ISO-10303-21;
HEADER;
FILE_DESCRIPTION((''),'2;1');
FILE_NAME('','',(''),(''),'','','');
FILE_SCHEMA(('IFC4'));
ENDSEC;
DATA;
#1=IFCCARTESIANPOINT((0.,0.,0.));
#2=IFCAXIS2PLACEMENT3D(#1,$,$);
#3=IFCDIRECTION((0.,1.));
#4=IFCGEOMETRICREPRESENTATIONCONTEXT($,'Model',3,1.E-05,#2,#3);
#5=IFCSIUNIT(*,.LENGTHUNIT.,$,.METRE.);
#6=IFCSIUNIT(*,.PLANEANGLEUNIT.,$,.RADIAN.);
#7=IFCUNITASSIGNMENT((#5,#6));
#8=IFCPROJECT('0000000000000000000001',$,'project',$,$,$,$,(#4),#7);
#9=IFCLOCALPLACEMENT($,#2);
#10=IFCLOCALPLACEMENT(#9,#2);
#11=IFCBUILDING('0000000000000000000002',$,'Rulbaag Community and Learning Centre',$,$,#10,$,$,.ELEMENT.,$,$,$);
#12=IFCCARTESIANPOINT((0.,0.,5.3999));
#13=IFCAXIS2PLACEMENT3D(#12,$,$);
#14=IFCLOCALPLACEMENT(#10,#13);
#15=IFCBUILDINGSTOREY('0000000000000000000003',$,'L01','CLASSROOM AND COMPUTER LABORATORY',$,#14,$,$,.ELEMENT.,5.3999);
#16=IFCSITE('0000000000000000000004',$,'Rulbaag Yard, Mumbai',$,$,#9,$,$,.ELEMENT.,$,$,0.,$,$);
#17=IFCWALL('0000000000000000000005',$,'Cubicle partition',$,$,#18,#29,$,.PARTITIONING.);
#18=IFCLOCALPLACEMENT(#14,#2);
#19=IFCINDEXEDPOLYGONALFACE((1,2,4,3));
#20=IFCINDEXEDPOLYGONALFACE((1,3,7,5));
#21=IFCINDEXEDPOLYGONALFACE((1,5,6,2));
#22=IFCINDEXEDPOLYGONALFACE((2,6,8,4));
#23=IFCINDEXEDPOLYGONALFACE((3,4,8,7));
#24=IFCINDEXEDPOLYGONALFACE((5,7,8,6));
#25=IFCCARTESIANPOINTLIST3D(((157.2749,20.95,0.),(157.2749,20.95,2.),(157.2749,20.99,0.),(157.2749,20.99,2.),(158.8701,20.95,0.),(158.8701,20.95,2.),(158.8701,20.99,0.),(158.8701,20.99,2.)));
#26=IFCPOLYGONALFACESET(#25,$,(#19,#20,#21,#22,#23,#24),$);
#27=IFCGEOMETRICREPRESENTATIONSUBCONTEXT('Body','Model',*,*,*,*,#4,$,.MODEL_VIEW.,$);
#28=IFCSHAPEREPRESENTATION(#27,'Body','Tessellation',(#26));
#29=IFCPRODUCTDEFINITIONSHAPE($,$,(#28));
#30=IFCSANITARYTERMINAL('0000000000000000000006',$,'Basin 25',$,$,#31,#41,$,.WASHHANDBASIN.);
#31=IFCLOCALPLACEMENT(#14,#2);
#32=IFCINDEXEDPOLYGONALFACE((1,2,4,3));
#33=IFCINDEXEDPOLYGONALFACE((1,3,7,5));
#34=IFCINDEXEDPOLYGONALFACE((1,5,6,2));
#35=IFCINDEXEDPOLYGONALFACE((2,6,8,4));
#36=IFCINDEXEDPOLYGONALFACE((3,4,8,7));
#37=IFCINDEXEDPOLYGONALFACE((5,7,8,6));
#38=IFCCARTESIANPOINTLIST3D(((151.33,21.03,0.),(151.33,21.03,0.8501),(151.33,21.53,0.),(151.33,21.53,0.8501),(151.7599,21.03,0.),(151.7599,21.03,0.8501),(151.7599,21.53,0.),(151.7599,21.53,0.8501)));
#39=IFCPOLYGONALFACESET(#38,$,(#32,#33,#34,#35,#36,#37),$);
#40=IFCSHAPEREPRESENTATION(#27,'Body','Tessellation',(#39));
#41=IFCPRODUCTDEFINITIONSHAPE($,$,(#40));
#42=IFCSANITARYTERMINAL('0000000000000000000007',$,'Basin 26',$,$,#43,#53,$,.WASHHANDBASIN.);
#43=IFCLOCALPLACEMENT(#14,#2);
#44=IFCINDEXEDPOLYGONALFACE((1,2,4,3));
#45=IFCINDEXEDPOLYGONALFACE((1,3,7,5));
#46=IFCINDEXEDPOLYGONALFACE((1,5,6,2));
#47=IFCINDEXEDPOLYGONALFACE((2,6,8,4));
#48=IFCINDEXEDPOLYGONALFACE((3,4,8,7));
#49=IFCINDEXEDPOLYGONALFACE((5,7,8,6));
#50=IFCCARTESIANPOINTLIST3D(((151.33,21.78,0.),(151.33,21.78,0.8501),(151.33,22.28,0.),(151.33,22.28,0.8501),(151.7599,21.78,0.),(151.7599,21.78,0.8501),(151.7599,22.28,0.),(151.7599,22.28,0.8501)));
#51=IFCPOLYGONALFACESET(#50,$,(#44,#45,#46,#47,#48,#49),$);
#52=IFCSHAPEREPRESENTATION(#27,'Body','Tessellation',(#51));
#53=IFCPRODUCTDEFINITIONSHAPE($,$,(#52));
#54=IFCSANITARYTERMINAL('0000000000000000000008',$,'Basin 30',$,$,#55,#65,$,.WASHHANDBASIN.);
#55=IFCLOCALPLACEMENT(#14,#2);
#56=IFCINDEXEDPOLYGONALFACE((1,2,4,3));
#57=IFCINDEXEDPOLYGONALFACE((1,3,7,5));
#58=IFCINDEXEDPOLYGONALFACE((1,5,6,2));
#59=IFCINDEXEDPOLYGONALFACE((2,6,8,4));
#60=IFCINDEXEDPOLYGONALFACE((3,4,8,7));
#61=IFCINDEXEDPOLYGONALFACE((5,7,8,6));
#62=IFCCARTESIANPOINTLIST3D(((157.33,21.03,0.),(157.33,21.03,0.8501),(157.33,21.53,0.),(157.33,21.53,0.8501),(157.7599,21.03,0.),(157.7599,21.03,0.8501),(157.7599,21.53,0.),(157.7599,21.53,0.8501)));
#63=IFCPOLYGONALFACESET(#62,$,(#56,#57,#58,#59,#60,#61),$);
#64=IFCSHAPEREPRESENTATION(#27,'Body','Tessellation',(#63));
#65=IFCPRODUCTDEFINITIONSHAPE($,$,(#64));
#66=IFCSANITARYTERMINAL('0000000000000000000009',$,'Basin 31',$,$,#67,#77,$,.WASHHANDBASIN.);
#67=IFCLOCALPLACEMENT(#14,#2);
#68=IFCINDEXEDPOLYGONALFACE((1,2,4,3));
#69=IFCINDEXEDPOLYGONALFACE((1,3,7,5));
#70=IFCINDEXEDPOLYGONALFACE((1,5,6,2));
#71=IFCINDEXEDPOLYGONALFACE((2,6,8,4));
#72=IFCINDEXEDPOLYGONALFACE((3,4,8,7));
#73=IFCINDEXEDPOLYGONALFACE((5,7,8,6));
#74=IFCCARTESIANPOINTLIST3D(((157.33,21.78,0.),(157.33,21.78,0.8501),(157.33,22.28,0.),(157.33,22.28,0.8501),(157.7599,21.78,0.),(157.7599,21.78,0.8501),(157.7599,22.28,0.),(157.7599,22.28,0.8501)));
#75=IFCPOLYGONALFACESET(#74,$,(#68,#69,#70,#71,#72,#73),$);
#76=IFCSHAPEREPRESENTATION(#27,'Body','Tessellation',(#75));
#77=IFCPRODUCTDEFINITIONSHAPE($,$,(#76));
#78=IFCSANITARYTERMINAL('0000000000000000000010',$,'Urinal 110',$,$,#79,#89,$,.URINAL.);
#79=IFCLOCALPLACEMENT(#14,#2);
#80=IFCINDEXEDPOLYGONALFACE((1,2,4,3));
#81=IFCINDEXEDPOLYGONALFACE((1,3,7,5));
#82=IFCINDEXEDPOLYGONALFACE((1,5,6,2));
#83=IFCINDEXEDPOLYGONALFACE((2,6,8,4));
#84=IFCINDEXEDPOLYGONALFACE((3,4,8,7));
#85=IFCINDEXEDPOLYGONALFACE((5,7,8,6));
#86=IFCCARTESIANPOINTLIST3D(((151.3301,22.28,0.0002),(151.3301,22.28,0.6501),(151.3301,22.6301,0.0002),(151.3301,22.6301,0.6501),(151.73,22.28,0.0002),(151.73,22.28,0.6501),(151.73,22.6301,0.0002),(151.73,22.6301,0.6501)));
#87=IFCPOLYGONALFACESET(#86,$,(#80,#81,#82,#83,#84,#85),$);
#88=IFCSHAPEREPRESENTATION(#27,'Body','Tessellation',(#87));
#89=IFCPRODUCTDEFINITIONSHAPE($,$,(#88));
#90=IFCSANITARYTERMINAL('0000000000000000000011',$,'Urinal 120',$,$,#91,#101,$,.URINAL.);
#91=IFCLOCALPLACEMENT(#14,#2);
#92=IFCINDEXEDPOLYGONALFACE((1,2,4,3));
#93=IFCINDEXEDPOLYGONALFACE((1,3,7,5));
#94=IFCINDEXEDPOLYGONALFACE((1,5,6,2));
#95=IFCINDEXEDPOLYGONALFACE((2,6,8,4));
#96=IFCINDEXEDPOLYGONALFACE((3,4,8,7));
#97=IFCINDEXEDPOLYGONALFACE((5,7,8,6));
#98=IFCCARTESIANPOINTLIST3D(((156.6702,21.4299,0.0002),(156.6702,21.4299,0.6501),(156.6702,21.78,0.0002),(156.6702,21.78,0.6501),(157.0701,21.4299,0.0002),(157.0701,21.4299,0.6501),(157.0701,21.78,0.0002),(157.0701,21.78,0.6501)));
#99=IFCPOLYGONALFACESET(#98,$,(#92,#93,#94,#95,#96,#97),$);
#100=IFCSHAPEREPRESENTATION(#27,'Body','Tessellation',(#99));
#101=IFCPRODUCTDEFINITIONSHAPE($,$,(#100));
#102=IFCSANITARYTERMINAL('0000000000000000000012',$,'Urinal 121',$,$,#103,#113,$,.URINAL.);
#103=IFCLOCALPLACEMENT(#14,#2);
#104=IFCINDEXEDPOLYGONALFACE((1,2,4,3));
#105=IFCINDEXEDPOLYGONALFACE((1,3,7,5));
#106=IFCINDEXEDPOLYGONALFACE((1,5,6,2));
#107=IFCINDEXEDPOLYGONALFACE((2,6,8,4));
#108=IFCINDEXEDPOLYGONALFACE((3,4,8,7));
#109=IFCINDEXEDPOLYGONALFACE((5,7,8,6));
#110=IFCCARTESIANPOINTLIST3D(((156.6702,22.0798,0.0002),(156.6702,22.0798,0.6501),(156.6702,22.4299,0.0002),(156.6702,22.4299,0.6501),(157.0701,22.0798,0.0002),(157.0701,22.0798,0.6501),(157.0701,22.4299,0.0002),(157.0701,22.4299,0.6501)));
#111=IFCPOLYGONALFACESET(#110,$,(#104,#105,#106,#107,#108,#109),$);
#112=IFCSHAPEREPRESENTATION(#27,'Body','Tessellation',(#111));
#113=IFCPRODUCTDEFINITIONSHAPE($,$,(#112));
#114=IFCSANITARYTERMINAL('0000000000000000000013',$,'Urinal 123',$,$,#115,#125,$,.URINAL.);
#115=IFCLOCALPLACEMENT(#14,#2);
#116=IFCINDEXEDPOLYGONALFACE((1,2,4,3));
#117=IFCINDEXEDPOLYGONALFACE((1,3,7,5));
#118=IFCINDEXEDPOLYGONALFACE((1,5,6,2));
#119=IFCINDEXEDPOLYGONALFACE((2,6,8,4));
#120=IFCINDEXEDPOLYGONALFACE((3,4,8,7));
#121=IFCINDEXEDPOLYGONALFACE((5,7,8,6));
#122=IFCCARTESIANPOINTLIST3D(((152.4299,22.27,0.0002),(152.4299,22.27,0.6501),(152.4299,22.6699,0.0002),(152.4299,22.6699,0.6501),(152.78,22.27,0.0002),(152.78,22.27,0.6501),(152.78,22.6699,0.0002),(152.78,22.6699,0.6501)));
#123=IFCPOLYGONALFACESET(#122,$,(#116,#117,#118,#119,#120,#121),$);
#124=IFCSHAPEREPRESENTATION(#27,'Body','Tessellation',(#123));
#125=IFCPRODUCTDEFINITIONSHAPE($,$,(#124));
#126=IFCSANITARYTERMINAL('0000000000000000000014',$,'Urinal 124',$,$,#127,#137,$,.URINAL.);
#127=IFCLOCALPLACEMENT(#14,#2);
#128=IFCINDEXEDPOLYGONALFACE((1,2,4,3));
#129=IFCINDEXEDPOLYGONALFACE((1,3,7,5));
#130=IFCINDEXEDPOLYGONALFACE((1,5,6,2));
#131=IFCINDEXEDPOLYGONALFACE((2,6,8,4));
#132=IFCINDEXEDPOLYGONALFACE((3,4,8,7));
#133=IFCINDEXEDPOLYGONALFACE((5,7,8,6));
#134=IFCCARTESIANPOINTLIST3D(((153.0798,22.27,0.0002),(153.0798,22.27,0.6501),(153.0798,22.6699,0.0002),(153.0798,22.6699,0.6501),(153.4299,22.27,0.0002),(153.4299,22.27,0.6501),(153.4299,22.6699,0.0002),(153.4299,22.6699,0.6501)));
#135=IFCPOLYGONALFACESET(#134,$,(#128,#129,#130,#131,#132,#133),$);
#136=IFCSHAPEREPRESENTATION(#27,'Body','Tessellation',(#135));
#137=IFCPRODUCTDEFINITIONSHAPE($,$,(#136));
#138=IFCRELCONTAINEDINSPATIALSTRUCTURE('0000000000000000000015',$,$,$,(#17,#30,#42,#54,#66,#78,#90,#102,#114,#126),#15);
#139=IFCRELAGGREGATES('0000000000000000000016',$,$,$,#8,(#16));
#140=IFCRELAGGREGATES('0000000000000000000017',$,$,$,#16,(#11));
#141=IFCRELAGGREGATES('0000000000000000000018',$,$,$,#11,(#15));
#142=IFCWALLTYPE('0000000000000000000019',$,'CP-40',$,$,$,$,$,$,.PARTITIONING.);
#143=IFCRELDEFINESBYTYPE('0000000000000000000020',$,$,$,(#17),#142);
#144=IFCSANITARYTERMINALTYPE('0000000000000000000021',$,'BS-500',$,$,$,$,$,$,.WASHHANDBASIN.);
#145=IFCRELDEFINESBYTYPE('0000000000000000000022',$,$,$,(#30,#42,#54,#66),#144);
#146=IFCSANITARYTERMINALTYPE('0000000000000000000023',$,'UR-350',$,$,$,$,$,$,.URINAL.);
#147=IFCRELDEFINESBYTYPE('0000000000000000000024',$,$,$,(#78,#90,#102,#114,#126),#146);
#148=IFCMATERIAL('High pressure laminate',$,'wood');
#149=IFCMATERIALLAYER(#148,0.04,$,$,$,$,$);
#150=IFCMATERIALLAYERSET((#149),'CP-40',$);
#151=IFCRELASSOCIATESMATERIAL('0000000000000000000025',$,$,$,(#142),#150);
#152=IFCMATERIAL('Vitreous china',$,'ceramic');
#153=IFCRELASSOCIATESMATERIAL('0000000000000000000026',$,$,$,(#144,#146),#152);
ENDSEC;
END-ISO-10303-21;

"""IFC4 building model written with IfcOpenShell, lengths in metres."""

from ifc_helpers import new_model, si_unit, direction, frame, frame_2d, origin, origin_2d, place, context, subcontext, project, spatial, rectangle, extrude, material, layer, layer_set, type_object, element, save


model = new_model("IFC4")

# Units and contexts
model_context = context("Model", 3, precision=1e-05, world=origin(), true_north=direction((0.0, 1.0)))
body_context = subcontext(model_context, "Body", "Model", "MODEL_VIEW")
ifc_project = project(units=[si_unit("LENGTHUNIT", "METRE"), si_unit("PLANEANGLEUNIT", "RADIAN")], contexts=[model_context])

# Site, building, storey
site_placement = place(None, origin())
site = spatial("IfcSite", under=ifc_project, at=site_placement, Name="Rulbaag Yard, Mumbai", CompositionType="ELEMENT", RefElevation=0.0)
building_placement = place(site_placement, origin())
building = spatial("IfcBuilding", under=site, at=building_placement, Name="Rulbaag Community and Learning Centre", CompositionType="ELEMENT")
storey_placement = place(building_placement, frame((0.0, 0.0, 5.3999)))
storey = spatial("IfcBuildingStorey", under=building, at=storey_placement, Name="L01", Description="CLASSROOM AND COMPUTER LABORATORY", CompositionType="ELEMENT", Elevation=5.3999)

# Wall
ifc_material_1 = material(Name="High pressure laminate", Category="wood")
ifc_layer_1 = layer(ifc_material_1, 0.04)
ifc_layer_set_1 = layer_set([ifc_layer_1], Name="CP-40")
wall_type = type_object("IfcWallType", Name="CP-40", PredefinedType="PARTITIONING", material=ifc_layer_set_1)
wall_placement = place(storey_placement, frame((157.2749, 20.97, 0.0), z_axis=(0.0, 0.0, 1.0), x_axis=(1.0, 0.0, 0.0)))
element("IfcWall", 1, at=wall_placement, inside=storey, type_object=wall_type, Name="Cubicle partition", PredefinedType="PARTITIONING", context=body_context, shape_type="SweptSolid", body=[
    extrude(rectangle(XDim=1.5952, YDim=0.04, at=frame_2d((0.7976, 0.0))), origin(), (0.0, 0.0, 1.0), 2.0),
])

# Sanitary terminals
ifc_material_2 = material(Name="Vitreous china", Category="ceramic")
sanitary_terminal_type_1 = type_object("IfcSanitaryTerminalType", Name="BS-500", PredefinedType="WASHHANDBASIN", material=ifc_material_2)
for number, where, z_axis, x_axis, name in (
    (2, (151.5449, 21.28, 0.0), (0.0, 0.0, 1.0), (1.0, 0.0, 0.0), "Basin 25"),
    (3, (151.5449, 22.03, 0.0), (0.0, 0.0, 1.0), (1.0, 0.0, 0.0), "Basin 26"),
    (4, (157.5449, 21.28, 0.0), (0.0, 0.0, 1.0), (1.0, 0.0, 0.0), "Basin 30"),
    (5, (157.5449, 22.03, 0.0), (0.0, 0.0, 1.0), (1.0, 0.0, 0.0), "Basin 31"),
):
    element("IfcSanitaryTerminal", number, at=place(storey_placement, frame(where, z_axis=z_axis, x_axis=x_axis)), inside=storey, type_object=sanitary_terminal_type_1, Name=name, PredefinedType="WASHHANDBASIN", context=body_context, shape_type="SweptSolid", body=[
        extrude(rectangle(XDim=0.4299, YDim=0.5, at=origin_2d()), origin(), (0.0, 0.0, 1.0), 0.8501),
    ])
sanitary_terminal_type_2 = type_object("IfcSanitaryTerminalType", Name="UR-350", PredefinedType="URINAL", material=ifc_material_2)
for number, where, z_axis, x_axis, name in (
    (6, (151.53, 22.4551, 0.0002), (0.0, 0.0, 1.0), (1.0, 0.0, 0.0), "Urinal 110"),
    (7, (156.8701, 21.605, 0.0002), (0.0, 0.0, 1.0), (1.0, 0.0, 0.0), "Urinal 120"),
    (8, (156.8701, 22.2549, 0.0002), (0.0, 0.0, 1.0), (1.0, 0.0, 0.0), "Urinal 121"),
):
    element("IfcSanitaryTerminal", number, at=place(storey_placement, frame(where, z_axis=z_axis, x_axis=x_axis)), inside=storey, type_object=sanitary_terminal_type_2, Name=name, PredefinedType="URINAL", context=body_context, shape_type="SweptSolid", body=[
        extrude(rectangle(XDim=0.3999, YDim=0.3501, at=origin_2d()), origin(), (0.0, 0.0, 1.0), 0.6499),
    ])
for number, where, z_axis, x_axis, name in (
    (9, (152.605, 22.47, 0.0002), (0.0, 0.0, 1.0), (1.0, 0.0, 0.0), "Urinal 123"),
    (10, (153.2549, 22.47, 0.0002), (0.0, 0.0, 1.0), (1.0, 0.0, 0.0), "Urinal 124"),
):
    element("IfcSanitaryTerminal", number, at=place(storey_placement, frame(where, z_axis=z_axis, x_axis=x_axis)), inside=storey, type_object=sanitary_terminal_type_2, Name=name, PredefinedType="URINAL", context=body_context, shape_type="SweptSolid", body=[
        extrude(rectangle(XDim=0.3501, YDim=0.3999, at=origin_2d()), origin(), (0.0, 0.0, 1.0), 0.6499),
    ])

save(model, "model.ifc")
